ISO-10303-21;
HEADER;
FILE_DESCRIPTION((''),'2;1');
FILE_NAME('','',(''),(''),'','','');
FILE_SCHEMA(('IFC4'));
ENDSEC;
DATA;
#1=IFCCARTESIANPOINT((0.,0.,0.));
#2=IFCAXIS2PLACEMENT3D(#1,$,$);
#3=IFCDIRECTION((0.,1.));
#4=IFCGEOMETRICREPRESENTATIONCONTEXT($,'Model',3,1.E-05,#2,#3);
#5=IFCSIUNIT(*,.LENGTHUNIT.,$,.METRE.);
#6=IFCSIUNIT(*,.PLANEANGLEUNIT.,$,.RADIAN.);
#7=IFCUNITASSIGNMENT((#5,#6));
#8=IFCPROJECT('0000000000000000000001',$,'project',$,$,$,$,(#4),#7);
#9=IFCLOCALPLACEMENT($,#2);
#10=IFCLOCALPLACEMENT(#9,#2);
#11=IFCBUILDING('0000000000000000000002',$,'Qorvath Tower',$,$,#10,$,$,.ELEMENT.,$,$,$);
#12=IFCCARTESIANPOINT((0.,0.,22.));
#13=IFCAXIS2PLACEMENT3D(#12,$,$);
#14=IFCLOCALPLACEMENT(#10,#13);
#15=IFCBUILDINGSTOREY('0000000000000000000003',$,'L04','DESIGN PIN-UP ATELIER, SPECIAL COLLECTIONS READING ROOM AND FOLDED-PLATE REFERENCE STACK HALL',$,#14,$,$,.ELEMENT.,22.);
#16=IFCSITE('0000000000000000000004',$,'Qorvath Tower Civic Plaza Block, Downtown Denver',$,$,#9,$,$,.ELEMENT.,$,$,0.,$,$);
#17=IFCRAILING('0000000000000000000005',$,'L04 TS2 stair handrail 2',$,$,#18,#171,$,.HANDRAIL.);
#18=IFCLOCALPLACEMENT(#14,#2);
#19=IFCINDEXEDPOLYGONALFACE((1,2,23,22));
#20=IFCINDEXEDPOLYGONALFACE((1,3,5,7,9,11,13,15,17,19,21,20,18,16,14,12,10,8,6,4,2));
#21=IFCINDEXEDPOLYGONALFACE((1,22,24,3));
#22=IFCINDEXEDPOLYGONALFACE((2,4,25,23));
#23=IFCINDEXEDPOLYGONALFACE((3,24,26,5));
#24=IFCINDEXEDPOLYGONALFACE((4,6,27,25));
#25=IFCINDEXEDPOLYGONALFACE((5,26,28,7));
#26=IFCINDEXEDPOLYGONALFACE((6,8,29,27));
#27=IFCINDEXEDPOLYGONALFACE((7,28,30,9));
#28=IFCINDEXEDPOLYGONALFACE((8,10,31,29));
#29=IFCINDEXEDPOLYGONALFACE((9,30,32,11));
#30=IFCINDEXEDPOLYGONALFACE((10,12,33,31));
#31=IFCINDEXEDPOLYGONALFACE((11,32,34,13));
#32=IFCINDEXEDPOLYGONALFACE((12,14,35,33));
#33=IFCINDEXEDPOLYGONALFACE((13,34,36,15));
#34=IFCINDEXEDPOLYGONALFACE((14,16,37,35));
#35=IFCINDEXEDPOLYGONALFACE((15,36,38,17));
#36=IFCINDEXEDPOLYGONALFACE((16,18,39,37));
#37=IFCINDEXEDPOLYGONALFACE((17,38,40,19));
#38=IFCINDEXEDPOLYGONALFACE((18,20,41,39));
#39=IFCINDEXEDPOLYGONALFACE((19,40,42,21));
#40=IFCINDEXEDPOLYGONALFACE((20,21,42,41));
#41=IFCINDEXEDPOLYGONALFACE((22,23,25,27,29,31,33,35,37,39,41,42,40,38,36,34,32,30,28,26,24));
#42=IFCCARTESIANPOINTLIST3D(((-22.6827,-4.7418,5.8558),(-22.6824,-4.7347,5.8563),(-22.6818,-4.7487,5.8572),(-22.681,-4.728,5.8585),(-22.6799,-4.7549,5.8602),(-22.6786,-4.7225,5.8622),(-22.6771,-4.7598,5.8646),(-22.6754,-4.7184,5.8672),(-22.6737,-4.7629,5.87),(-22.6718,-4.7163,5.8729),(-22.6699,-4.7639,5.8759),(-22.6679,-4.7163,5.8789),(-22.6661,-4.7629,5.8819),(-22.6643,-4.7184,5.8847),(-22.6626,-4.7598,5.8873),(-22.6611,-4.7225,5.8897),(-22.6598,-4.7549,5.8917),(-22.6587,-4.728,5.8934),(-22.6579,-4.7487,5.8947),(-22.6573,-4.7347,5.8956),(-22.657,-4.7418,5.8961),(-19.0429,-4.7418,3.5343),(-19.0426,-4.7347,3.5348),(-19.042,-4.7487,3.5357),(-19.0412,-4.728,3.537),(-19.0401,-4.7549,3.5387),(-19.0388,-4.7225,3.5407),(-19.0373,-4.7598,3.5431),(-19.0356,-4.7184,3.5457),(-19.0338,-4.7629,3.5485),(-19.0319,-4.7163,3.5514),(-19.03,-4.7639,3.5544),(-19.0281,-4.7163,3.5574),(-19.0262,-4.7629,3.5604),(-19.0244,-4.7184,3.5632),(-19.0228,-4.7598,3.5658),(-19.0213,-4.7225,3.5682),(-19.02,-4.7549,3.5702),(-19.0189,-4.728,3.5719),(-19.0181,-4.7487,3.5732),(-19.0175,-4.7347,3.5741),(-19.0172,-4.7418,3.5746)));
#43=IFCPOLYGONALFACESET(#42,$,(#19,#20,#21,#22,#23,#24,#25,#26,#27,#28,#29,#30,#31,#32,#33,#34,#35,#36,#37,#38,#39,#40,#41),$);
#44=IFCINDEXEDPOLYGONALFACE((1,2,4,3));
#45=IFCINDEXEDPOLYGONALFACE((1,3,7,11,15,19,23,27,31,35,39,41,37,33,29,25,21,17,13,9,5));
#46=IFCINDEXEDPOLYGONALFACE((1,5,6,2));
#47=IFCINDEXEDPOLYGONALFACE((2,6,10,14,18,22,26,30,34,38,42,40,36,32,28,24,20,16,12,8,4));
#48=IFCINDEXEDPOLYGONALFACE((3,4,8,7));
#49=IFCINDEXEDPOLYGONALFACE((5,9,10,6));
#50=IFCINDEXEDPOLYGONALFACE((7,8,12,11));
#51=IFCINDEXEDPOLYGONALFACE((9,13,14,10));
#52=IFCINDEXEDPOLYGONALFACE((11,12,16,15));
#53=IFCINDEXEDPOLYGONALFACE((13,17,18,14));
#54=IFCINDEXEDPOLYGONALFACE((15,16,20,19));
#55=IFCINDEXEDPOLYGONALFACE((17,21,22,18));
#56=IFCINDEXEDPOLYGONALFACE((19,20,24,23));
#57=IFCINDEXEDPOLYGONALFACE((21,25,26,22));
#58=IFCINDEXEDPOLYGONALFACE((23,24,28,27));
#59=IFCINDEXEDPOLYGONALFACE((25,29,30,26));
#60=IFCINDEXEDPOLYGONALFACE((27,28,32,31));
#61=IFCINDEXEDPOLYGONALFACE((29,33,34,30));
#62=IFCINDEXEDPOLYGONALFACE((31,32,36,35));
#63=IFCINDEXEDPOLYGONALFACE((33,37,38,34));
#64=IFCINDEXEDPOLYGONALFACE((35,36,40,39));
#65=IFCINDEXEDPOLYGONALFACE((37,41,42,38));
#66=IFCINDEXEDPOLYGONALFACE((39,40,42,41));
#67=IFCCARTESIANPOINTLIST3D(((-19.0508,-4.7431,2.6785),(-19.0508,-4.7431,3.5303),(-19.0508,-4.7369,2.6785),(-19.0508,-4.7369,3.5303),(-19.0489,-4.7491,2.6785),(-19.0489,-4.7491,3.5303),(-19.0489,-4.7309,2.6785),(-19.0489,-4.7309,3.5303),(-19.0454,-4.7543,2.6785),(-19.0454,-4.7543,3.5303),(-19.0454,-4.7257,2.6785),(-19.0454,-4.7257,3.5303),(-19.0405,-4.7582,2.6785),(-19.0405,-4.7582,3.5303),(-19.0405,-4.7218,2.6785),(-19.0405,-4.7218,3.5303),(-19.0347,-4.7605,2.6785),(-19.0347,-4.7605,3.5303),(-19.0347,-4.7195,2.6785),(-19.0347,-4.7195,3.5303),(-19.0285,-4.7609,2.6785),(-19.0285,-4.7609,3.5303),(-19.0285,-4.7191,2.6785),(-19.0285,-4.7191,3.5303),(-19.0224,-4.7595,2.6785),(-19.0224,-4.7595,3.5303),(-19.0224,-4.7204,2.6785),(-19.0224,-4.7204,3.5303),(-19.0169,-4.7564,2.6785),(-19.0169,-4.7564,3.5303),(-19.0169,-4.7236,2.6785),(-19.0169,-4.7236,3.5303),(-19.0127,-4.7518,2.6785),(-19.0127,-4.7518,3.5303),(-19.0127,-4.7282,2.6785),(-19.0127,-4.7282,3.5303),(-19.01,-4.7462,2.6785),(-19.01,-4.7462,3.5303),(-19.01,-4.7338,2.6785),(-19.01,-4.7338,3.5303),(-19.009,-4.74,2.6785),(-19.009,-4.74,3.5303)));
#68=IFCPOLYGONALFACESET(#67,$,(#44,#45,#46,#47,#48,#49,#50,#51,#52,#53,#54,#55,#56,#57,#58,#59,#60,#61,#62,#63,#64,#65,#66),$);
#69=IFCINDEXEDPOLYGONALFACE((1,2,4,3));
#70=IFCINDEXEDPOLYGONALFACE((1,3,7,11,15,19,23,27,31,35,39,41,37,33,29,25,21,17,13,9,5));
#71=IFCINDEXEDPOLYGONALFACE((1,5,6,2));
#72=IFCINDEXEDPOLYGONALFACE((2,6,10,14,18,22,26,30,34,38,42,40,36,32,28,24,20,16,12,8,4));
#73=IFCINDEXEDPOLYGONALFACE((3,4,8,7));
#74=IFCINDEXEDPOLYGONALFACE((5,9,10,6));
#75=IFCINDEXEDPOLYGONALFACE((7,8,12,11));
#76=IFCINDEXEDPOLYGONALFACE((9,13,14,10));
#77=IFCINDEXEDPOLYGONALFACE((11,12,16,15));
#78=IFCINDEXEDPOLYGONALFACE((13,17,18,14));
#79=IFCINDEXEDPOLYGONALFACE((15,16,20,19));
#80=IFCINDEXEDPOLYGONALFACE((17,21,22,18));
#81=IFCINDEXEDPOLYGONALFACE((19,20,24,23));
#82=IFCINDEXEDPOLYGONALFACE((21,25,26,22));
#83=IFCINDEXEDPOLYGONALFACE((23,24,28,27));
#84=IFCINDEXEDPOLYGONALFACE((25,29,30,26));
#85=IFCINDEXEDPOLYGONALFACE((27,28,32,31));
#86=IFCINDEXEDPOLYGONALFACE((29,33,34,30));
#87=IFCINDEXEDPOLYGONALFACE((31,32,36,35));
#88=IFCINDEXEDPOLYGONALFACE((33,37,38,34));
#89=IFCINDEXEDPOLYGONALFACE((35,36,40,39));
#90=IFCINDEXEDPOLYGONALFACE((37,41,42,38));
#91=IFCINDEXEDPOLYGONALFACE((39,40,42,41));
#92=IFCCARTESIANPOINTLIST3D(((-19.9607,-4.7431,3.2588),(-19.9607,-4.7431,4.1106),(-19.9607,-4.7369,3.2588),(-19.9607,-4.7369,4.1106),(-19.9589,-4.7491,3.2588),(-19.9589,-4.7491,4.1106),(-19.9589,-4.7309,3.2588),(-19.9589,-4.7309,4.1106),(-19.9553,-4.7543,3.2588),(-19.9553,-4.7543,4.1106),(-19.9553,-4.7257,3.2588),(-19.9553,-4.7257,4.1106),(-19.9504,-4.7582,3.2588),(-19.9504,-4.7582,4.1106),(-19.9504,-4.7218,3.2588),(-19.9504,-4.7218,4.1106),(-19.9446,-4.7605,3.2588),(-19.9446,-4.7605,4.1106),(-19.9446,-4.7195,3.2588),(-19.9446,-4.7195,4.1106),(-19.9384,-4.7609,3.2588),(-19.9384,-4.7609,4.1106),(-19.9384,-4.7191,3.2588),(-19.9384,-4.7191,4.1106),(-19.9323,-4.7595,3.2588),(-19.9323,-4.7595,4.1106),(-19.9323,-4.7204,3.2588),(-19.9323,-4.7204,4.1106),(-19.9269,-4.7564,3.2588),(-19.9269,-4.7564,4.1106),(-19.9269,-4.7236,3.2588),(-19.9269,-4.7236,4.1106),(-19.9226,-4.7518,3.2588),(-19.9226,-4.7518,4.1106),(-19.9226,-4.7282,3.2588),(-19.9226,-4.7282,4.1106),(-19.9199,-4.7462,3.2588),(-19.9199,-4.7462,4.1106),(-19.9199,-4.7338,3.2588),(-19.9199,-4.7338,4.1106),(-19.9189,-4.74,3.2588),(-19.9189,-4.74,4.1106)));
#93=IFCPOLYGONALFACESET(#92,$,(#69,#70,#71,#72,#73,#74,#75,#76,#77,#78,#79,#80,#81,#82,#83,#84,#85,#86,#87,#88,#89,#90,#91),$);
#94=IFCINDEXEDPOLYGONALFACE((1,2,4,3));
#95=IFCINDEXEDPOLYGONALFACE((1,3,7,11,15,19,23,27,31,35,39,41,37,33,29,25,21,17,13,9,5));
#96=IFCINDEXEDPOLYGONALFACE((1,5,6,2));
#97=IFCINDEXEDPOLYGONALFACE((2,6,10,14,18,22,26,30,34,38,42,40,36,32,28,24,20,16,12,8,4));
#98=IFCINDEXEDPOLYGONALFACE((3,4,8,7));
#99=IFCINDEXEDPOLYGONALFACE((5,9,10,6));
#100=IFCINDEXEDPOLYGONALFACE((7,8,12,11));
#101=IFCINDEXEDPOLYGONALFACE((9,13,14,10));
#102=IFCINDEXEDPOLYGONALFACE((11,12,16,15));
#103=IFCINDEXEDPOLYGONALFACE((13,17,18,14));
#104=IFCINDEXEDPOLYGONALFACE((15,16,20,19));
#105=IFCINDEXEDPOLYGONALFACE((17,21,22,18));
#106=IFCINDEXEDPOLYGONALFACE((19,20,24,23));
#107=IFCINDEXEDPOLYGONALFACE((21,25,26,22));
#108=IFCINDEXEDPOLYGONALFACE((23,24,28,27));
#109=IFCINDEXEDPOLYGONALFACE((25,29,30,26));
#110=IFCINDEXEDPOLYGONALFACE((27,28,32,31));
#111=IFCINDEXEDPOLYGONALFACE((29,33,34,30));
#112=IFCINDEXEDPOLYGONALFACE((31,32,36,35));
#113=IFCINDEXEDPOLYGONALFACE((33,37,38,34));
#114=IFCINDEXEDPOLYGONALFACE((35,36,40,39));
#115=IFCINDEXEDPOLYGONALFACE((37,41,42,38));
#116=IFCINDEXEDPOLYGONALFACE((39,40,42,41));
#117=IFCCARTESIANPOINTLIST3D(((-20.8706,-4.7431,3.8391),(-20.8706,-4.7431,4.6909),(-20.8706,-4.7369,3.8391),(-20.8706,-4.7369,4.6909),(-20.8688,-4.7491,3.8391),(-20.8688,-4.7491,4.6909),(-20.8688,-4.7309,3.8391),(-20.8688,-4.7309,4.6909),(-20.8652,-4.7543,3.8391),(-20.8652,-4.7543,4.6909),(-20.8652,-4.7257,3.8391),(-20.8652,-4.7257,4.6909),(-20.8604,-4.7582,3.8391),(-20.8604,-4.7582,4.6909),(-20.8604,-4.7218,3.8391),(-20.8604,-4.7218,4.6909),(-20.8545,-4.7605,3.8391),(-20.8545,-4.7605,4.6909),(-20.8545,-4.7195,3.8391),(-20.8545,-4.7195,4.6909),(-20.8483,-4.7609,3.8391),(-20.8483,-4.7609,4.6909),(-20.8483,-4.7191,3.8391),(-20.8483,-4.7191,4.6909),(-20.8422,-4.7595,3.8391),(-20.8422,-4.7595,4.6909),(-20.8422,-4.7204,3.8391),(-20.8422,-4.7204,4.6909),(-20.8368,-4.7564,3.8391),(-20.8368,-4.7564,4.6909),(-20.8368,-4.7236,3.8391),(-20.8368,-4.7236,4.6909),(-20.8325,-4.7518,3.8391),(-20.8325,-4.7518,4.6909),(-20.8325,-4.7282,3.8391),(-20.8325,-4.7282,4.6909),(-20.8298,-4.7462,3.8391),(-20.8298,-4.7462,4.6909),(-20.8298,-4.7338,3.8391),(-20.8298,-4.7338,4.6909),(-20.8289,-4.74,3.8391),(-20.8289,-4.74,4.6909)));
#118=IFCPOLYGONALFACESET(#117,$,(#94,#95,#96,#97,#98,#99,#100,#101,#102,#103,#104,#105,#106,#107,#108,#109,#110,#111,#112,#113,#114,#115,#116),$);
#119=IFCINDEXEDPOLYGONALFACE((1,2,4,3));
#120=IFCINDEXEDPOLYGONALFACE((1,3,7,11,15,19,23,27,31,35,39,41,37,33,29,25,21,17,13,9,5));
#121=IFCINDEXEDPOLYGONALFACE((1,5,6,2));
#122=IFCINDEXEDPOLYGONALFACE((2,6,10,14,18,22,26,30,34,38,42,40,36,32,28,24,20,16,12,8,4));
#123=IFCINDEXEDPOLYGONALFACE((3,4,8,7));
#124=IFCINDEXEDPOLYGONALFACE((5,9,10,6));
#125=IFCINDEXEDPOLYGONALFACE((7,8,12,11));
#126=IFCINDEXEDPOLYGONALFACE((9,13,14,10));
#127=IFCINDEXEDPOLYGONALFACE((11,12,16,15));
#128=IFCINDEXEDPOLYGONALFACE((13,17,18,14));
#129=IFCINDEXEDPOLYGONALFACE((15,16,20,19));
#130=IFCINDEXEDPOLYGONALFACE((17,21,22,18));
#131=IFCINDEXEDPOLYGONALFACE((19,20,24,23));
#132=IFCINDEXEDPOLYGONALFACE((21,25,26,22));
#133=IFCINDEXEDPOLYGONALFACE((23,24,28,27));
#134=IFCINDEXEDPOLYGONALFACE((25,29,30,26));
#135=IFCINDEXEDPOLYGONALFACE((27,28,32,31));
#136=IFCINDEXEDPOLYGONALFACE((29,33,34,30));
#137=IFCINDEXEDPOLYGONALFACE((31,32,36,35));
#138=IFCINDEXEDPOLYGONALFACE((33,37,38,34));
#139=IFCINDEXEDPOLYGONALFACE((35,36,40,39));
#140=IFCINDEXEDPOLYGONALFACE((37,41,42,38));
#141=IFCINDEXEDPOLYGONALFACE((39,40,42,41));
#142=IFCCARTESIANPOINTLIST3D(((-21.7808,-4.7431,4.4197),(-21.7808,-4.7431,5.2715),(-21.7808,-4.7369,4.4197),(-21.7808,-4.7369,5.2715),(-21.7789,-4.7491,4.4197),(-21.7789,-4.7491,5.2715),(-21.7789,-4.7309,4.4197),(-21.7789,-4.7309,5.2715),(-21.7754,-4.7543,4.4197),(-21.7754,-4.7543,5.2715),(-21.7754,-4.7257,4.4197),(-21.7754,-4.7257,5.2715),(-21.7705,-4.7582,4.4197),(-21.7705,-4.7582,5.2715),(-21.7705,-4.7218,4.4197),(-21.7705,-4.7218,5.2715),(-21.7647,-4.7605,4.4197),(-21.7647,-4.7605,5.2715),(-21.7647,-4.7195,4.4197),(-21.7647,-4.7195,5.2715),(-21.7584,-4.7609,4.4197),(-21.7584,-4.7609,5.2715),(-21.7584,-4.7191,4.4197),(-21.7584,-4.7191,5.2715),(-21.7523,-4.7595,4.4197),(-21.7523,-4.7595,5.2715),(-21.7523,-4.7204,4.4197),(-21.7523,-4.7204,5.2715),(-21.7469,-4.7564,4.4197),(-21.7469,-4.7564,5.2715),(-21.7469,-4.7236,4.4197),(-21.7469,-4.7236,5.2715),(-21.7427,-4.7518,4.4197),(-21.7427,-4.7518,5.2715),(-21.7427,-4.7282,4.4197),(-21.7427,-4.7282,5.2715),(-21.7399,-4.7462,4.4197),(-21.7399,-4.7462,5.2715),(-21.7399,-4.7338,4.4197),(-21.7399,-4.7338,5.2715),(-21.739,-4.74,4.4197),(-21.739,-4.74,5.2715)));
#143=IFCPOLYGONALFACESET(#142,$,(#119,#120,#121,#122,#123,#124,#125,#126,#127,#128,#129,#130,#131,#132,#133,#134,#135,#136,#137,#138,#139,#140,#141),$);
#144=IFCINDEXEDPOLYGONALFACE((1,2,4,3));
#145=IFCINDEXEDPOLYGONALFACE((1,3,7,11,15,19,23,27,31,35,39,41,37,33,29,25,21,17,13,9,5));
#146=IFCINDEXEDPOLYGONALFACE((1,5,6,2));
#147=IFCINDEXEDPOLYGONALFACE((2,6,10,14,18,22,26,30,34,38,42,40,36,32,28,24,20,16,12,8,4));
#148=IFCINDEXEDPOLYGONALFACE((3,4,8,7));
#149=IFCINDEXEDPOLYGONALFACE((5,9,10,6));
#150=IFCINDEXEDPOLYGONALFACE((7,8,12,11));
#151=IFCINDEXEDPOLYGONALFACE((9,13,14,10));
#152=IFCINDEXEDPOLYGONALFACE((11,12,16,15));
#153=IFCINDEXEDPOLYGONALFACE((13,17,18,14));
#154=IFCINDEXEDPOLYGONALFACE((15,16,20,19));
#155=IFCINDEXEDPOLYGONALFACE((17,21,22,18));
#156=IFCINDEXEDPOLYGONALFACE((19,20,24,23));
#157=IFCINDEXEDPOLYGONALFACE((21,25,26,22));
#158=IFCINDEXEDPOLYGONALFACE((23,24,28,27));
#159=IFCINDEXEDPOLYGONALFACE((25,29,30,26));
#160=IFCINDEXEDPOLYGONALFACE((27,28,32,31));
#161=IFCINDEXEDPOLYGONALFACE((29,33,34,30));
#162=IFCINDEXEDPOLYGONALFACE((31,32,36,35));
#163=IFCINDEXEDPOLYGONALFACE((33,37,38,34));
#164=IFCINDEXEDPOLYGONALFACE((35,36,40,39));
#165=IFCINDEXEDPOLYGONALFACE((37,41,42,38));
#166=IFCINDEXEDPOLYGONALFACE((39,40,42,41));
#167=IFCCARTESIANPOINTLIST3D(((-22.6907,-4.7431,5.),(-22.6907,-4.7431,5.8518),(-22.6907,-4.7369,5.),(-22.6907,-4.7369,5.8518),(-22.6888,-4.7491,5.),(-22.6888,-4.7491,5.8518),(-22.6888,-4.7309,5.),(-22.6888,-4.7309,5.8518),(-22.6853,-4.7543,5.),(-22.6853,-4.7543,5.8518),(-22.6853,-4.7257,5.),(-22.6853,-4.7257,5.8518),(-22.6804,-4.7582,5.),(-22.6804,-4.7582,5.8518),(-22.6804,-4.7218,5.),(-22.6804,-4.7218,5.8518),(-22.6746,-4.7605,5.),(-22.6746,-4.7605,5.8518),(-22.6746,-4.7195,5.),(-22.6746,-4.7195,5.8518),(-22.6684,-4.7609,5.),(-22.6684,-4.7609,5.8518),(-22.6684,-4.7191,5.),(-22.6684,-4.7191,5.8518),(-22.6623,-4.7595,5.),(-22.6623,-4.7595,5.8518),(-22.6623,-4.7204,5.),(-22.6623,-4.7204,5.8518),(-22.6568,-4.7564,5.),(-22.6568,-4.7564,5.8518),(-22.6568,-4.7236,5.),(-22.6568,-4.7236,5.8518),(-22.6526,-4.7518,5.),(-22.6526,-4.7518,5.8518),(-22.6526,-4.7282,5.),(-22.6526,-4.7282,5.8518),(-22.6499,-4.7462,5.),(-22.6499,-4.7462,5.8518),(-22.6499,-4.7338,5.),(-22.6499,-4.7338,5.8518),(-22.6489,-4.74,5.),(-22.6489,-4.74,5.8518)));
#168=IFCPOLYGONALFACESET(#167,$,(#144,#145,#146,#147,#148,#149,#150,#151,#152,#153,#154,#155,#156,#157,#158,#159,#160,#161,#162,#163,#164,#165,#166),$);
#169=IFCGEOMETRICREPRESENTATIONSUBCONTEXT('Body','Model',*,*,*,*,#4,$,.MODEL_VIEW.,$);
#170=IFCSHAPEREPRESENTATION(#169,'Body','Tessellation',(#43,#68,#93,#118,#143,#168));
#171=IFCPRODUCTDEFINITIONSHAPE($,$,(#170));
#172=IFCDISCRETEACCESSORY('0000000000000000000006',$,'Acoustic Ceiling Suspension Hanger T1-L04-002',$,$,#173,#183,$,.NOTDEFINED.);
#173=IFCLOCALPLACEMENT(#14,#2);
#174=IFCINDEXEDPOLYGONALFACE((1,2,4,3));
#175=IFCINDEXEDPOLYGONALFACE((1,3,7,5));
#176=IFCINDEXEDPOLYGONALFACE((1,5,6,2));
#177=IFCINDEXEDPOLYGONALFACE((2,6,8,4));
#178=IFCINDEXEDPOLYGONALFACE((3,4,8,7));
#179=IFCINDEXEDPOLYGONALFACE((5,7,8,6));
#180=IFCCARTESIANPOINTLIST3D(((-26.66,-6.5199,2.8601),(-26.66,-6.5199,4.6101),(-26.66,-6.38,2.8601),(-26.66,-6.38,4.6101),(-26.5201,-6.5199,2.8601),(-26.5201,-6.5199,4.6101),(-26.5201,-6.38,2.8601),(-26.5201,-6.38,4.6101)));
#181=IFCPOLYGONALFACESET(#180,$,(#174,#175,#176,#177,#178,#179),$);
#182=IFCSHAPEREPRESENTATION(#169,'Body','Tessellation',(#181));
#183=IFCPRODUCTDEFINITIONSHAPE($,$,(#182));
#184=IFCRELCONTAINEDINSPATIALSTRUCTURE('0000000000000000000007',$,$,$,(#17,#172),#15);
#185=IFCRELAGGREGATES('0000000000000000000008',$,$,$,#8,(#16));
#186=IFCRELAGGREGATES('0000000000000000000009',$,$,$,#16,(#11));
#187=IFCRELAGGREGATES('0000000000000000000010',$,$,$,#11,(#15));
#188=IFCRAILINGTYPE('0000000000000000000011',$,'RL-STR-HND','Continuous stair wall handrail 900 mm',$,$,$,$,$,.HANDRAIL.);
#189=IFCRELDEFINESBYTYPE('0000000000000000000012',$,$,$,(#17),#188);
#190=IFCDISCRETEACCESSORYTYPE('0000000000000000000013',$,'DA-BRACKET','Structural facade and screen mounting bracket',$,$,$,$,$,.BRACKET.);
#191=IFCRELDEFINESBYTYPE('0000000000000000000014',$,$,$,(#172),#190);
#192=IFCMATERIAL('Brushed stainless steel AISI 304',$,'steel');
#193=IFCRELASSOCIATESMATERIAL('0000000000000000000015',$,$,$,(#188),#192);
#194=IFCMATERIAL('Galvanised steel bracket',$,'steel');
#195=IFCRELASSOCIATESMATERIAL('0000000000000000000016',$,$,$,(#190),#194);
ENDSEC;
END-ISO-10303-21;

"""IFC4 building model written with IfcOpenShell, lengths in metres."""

from ifc_helpers import new_model, si_unit, direction, frame, origin, origin_2d, place, context, subcontext, project, spatial, rectangle, circle, extrude, material, type_object, element, save


model = new_model("IFC4")

# Units and contexts
model_context = context("Model", 3, precision=1e-05, world=origin(), true_north=direction((0.0, 1.0)))
body_context = subcontext(model_context, "Body", "Model", "MODEL_VIEW")
ifc_project = project(units=[si_unit("LENGTHUNIT", "METRE"), si_unit("PLANEANGLEUNIT", "RADIAN")], contexts=[model_context])

# Site, building, storey
site_placement = place(None, origin())
site = spatial("IfcSite", under=ifc_project, at=site_placement, Name="Qorvath Tower Civic Plaza Block, Downtown Denver", CompositionType="ELEMENT", RefElevation=0.0)
building_placement = place(site_placement, origin())
building = spatial("IfcBuilding", under=site, at=building_placement, Name="Qorvath Tower", CompositionType="ELEMENT")
storey_placement = place(building_placement, frame((0.0, 0.0, 22.0)))
storey = spatial("IfcBuildingStorey", under=building, at=storey_placement, Name="L04", Description="DESIGN PIN-UP ATELIER, SPECIAL COLLECTIONS READING ROOM AND FOLDED-PLATE REFERENCE STACK HALL", CompositionType="ELEMENT", Elevation=22.0)

# Railing
ifc_material_1 = material(Name="Brushed stainless steel AISI 304", Category="steel")
railing_type_1 = type_object("IfcRailingType", Name="RL-STR-HND", Description="Continuous stair wall handrail 900 mm", PredefinedType="HANDRAIL", material=ifc_material_1)
railing_1_placement = place(storey_placement, frame((-19.03, -4.74, 2.6785)))
element("IfcRailing", 1, at=railing_1_placement, inside=storey, type_object=railing_type_1, Name="L04 TS2 stair handrail 2", PredefinedType="HANDRAIL", context=body_context, shape_type="SweptSolid", body=[
    extrude(circle(Radius=0.0239, at=origin_2d()), frame((0.0, 0.0, 0.876), z_axis=(-0.843112, 0.0, 0.537739), x_axis=(0.0, -1.0, 0.0)), (0.0, 0.0, 1.0), 4.3171),
    extrude(circle(Radius=0.021, at=origin_2d()), origin(), (0.0, 0.0, 1.0), 0.8518),
    extrude(circle(Radius=0.021, at=origin_2d()), frame((-0.9099, 0.0, 0.5803)), (0.0, 0.0, 1.0), 0.8518),
    extrude(circle(Radius=0.021, at=origin_2d()), frame((-1.8198, 0.0, 1.1606)), (0.0, 0.0, 1.0), 0.8518),
    extrude(circle(Radius=0.021, at=origin_2d()), frame((-2.73, 0.0, 1.7412)), (0.0, 0.0, 1.0), 0.8518),
    extrude(circle(Radius=0.021, at=origin_2d()), frame((-3.6399, 0.0, 2.3215)), (0.0, 0.0, 1.0), 0.8518),
])

# Discrete accessory
ifc_material_2 = material(Name="Galvanised steel bracket", Category="steel")
discrete_accessory_type = type_object("IfcDiscreteAccessoryType", Name="DA-BRACKET", Description="Structural facade and screen mounting bracket", PredefinedType="BRACKET", material=ifc_material_2)
discrete_accessory_placement = place(storey_placement, frame((-26.5901, -6.45, 2.8601), z_axis=(0.0, 0.0, 1.0), x_axis=(1.0, 0.0, 0.0)))
element("IfcDiscreteAccessory", 2, at=discrete_accessory_placement, inside=storey, type_object=discrete_accessory_type, Name="Acoustic Ceiling Suspension Hanger T1-L04-002", PredefinedType="NOTDEFINED", context=body_context, shape_type="SweptSolid", body=[
    extrude(rectangle(XDim=0.1399, YDim=0.1399, at=origin_2d()), origin(), (0.0, 0.0, 1.0), 1.75),
])

save(model, "model.ifc")
